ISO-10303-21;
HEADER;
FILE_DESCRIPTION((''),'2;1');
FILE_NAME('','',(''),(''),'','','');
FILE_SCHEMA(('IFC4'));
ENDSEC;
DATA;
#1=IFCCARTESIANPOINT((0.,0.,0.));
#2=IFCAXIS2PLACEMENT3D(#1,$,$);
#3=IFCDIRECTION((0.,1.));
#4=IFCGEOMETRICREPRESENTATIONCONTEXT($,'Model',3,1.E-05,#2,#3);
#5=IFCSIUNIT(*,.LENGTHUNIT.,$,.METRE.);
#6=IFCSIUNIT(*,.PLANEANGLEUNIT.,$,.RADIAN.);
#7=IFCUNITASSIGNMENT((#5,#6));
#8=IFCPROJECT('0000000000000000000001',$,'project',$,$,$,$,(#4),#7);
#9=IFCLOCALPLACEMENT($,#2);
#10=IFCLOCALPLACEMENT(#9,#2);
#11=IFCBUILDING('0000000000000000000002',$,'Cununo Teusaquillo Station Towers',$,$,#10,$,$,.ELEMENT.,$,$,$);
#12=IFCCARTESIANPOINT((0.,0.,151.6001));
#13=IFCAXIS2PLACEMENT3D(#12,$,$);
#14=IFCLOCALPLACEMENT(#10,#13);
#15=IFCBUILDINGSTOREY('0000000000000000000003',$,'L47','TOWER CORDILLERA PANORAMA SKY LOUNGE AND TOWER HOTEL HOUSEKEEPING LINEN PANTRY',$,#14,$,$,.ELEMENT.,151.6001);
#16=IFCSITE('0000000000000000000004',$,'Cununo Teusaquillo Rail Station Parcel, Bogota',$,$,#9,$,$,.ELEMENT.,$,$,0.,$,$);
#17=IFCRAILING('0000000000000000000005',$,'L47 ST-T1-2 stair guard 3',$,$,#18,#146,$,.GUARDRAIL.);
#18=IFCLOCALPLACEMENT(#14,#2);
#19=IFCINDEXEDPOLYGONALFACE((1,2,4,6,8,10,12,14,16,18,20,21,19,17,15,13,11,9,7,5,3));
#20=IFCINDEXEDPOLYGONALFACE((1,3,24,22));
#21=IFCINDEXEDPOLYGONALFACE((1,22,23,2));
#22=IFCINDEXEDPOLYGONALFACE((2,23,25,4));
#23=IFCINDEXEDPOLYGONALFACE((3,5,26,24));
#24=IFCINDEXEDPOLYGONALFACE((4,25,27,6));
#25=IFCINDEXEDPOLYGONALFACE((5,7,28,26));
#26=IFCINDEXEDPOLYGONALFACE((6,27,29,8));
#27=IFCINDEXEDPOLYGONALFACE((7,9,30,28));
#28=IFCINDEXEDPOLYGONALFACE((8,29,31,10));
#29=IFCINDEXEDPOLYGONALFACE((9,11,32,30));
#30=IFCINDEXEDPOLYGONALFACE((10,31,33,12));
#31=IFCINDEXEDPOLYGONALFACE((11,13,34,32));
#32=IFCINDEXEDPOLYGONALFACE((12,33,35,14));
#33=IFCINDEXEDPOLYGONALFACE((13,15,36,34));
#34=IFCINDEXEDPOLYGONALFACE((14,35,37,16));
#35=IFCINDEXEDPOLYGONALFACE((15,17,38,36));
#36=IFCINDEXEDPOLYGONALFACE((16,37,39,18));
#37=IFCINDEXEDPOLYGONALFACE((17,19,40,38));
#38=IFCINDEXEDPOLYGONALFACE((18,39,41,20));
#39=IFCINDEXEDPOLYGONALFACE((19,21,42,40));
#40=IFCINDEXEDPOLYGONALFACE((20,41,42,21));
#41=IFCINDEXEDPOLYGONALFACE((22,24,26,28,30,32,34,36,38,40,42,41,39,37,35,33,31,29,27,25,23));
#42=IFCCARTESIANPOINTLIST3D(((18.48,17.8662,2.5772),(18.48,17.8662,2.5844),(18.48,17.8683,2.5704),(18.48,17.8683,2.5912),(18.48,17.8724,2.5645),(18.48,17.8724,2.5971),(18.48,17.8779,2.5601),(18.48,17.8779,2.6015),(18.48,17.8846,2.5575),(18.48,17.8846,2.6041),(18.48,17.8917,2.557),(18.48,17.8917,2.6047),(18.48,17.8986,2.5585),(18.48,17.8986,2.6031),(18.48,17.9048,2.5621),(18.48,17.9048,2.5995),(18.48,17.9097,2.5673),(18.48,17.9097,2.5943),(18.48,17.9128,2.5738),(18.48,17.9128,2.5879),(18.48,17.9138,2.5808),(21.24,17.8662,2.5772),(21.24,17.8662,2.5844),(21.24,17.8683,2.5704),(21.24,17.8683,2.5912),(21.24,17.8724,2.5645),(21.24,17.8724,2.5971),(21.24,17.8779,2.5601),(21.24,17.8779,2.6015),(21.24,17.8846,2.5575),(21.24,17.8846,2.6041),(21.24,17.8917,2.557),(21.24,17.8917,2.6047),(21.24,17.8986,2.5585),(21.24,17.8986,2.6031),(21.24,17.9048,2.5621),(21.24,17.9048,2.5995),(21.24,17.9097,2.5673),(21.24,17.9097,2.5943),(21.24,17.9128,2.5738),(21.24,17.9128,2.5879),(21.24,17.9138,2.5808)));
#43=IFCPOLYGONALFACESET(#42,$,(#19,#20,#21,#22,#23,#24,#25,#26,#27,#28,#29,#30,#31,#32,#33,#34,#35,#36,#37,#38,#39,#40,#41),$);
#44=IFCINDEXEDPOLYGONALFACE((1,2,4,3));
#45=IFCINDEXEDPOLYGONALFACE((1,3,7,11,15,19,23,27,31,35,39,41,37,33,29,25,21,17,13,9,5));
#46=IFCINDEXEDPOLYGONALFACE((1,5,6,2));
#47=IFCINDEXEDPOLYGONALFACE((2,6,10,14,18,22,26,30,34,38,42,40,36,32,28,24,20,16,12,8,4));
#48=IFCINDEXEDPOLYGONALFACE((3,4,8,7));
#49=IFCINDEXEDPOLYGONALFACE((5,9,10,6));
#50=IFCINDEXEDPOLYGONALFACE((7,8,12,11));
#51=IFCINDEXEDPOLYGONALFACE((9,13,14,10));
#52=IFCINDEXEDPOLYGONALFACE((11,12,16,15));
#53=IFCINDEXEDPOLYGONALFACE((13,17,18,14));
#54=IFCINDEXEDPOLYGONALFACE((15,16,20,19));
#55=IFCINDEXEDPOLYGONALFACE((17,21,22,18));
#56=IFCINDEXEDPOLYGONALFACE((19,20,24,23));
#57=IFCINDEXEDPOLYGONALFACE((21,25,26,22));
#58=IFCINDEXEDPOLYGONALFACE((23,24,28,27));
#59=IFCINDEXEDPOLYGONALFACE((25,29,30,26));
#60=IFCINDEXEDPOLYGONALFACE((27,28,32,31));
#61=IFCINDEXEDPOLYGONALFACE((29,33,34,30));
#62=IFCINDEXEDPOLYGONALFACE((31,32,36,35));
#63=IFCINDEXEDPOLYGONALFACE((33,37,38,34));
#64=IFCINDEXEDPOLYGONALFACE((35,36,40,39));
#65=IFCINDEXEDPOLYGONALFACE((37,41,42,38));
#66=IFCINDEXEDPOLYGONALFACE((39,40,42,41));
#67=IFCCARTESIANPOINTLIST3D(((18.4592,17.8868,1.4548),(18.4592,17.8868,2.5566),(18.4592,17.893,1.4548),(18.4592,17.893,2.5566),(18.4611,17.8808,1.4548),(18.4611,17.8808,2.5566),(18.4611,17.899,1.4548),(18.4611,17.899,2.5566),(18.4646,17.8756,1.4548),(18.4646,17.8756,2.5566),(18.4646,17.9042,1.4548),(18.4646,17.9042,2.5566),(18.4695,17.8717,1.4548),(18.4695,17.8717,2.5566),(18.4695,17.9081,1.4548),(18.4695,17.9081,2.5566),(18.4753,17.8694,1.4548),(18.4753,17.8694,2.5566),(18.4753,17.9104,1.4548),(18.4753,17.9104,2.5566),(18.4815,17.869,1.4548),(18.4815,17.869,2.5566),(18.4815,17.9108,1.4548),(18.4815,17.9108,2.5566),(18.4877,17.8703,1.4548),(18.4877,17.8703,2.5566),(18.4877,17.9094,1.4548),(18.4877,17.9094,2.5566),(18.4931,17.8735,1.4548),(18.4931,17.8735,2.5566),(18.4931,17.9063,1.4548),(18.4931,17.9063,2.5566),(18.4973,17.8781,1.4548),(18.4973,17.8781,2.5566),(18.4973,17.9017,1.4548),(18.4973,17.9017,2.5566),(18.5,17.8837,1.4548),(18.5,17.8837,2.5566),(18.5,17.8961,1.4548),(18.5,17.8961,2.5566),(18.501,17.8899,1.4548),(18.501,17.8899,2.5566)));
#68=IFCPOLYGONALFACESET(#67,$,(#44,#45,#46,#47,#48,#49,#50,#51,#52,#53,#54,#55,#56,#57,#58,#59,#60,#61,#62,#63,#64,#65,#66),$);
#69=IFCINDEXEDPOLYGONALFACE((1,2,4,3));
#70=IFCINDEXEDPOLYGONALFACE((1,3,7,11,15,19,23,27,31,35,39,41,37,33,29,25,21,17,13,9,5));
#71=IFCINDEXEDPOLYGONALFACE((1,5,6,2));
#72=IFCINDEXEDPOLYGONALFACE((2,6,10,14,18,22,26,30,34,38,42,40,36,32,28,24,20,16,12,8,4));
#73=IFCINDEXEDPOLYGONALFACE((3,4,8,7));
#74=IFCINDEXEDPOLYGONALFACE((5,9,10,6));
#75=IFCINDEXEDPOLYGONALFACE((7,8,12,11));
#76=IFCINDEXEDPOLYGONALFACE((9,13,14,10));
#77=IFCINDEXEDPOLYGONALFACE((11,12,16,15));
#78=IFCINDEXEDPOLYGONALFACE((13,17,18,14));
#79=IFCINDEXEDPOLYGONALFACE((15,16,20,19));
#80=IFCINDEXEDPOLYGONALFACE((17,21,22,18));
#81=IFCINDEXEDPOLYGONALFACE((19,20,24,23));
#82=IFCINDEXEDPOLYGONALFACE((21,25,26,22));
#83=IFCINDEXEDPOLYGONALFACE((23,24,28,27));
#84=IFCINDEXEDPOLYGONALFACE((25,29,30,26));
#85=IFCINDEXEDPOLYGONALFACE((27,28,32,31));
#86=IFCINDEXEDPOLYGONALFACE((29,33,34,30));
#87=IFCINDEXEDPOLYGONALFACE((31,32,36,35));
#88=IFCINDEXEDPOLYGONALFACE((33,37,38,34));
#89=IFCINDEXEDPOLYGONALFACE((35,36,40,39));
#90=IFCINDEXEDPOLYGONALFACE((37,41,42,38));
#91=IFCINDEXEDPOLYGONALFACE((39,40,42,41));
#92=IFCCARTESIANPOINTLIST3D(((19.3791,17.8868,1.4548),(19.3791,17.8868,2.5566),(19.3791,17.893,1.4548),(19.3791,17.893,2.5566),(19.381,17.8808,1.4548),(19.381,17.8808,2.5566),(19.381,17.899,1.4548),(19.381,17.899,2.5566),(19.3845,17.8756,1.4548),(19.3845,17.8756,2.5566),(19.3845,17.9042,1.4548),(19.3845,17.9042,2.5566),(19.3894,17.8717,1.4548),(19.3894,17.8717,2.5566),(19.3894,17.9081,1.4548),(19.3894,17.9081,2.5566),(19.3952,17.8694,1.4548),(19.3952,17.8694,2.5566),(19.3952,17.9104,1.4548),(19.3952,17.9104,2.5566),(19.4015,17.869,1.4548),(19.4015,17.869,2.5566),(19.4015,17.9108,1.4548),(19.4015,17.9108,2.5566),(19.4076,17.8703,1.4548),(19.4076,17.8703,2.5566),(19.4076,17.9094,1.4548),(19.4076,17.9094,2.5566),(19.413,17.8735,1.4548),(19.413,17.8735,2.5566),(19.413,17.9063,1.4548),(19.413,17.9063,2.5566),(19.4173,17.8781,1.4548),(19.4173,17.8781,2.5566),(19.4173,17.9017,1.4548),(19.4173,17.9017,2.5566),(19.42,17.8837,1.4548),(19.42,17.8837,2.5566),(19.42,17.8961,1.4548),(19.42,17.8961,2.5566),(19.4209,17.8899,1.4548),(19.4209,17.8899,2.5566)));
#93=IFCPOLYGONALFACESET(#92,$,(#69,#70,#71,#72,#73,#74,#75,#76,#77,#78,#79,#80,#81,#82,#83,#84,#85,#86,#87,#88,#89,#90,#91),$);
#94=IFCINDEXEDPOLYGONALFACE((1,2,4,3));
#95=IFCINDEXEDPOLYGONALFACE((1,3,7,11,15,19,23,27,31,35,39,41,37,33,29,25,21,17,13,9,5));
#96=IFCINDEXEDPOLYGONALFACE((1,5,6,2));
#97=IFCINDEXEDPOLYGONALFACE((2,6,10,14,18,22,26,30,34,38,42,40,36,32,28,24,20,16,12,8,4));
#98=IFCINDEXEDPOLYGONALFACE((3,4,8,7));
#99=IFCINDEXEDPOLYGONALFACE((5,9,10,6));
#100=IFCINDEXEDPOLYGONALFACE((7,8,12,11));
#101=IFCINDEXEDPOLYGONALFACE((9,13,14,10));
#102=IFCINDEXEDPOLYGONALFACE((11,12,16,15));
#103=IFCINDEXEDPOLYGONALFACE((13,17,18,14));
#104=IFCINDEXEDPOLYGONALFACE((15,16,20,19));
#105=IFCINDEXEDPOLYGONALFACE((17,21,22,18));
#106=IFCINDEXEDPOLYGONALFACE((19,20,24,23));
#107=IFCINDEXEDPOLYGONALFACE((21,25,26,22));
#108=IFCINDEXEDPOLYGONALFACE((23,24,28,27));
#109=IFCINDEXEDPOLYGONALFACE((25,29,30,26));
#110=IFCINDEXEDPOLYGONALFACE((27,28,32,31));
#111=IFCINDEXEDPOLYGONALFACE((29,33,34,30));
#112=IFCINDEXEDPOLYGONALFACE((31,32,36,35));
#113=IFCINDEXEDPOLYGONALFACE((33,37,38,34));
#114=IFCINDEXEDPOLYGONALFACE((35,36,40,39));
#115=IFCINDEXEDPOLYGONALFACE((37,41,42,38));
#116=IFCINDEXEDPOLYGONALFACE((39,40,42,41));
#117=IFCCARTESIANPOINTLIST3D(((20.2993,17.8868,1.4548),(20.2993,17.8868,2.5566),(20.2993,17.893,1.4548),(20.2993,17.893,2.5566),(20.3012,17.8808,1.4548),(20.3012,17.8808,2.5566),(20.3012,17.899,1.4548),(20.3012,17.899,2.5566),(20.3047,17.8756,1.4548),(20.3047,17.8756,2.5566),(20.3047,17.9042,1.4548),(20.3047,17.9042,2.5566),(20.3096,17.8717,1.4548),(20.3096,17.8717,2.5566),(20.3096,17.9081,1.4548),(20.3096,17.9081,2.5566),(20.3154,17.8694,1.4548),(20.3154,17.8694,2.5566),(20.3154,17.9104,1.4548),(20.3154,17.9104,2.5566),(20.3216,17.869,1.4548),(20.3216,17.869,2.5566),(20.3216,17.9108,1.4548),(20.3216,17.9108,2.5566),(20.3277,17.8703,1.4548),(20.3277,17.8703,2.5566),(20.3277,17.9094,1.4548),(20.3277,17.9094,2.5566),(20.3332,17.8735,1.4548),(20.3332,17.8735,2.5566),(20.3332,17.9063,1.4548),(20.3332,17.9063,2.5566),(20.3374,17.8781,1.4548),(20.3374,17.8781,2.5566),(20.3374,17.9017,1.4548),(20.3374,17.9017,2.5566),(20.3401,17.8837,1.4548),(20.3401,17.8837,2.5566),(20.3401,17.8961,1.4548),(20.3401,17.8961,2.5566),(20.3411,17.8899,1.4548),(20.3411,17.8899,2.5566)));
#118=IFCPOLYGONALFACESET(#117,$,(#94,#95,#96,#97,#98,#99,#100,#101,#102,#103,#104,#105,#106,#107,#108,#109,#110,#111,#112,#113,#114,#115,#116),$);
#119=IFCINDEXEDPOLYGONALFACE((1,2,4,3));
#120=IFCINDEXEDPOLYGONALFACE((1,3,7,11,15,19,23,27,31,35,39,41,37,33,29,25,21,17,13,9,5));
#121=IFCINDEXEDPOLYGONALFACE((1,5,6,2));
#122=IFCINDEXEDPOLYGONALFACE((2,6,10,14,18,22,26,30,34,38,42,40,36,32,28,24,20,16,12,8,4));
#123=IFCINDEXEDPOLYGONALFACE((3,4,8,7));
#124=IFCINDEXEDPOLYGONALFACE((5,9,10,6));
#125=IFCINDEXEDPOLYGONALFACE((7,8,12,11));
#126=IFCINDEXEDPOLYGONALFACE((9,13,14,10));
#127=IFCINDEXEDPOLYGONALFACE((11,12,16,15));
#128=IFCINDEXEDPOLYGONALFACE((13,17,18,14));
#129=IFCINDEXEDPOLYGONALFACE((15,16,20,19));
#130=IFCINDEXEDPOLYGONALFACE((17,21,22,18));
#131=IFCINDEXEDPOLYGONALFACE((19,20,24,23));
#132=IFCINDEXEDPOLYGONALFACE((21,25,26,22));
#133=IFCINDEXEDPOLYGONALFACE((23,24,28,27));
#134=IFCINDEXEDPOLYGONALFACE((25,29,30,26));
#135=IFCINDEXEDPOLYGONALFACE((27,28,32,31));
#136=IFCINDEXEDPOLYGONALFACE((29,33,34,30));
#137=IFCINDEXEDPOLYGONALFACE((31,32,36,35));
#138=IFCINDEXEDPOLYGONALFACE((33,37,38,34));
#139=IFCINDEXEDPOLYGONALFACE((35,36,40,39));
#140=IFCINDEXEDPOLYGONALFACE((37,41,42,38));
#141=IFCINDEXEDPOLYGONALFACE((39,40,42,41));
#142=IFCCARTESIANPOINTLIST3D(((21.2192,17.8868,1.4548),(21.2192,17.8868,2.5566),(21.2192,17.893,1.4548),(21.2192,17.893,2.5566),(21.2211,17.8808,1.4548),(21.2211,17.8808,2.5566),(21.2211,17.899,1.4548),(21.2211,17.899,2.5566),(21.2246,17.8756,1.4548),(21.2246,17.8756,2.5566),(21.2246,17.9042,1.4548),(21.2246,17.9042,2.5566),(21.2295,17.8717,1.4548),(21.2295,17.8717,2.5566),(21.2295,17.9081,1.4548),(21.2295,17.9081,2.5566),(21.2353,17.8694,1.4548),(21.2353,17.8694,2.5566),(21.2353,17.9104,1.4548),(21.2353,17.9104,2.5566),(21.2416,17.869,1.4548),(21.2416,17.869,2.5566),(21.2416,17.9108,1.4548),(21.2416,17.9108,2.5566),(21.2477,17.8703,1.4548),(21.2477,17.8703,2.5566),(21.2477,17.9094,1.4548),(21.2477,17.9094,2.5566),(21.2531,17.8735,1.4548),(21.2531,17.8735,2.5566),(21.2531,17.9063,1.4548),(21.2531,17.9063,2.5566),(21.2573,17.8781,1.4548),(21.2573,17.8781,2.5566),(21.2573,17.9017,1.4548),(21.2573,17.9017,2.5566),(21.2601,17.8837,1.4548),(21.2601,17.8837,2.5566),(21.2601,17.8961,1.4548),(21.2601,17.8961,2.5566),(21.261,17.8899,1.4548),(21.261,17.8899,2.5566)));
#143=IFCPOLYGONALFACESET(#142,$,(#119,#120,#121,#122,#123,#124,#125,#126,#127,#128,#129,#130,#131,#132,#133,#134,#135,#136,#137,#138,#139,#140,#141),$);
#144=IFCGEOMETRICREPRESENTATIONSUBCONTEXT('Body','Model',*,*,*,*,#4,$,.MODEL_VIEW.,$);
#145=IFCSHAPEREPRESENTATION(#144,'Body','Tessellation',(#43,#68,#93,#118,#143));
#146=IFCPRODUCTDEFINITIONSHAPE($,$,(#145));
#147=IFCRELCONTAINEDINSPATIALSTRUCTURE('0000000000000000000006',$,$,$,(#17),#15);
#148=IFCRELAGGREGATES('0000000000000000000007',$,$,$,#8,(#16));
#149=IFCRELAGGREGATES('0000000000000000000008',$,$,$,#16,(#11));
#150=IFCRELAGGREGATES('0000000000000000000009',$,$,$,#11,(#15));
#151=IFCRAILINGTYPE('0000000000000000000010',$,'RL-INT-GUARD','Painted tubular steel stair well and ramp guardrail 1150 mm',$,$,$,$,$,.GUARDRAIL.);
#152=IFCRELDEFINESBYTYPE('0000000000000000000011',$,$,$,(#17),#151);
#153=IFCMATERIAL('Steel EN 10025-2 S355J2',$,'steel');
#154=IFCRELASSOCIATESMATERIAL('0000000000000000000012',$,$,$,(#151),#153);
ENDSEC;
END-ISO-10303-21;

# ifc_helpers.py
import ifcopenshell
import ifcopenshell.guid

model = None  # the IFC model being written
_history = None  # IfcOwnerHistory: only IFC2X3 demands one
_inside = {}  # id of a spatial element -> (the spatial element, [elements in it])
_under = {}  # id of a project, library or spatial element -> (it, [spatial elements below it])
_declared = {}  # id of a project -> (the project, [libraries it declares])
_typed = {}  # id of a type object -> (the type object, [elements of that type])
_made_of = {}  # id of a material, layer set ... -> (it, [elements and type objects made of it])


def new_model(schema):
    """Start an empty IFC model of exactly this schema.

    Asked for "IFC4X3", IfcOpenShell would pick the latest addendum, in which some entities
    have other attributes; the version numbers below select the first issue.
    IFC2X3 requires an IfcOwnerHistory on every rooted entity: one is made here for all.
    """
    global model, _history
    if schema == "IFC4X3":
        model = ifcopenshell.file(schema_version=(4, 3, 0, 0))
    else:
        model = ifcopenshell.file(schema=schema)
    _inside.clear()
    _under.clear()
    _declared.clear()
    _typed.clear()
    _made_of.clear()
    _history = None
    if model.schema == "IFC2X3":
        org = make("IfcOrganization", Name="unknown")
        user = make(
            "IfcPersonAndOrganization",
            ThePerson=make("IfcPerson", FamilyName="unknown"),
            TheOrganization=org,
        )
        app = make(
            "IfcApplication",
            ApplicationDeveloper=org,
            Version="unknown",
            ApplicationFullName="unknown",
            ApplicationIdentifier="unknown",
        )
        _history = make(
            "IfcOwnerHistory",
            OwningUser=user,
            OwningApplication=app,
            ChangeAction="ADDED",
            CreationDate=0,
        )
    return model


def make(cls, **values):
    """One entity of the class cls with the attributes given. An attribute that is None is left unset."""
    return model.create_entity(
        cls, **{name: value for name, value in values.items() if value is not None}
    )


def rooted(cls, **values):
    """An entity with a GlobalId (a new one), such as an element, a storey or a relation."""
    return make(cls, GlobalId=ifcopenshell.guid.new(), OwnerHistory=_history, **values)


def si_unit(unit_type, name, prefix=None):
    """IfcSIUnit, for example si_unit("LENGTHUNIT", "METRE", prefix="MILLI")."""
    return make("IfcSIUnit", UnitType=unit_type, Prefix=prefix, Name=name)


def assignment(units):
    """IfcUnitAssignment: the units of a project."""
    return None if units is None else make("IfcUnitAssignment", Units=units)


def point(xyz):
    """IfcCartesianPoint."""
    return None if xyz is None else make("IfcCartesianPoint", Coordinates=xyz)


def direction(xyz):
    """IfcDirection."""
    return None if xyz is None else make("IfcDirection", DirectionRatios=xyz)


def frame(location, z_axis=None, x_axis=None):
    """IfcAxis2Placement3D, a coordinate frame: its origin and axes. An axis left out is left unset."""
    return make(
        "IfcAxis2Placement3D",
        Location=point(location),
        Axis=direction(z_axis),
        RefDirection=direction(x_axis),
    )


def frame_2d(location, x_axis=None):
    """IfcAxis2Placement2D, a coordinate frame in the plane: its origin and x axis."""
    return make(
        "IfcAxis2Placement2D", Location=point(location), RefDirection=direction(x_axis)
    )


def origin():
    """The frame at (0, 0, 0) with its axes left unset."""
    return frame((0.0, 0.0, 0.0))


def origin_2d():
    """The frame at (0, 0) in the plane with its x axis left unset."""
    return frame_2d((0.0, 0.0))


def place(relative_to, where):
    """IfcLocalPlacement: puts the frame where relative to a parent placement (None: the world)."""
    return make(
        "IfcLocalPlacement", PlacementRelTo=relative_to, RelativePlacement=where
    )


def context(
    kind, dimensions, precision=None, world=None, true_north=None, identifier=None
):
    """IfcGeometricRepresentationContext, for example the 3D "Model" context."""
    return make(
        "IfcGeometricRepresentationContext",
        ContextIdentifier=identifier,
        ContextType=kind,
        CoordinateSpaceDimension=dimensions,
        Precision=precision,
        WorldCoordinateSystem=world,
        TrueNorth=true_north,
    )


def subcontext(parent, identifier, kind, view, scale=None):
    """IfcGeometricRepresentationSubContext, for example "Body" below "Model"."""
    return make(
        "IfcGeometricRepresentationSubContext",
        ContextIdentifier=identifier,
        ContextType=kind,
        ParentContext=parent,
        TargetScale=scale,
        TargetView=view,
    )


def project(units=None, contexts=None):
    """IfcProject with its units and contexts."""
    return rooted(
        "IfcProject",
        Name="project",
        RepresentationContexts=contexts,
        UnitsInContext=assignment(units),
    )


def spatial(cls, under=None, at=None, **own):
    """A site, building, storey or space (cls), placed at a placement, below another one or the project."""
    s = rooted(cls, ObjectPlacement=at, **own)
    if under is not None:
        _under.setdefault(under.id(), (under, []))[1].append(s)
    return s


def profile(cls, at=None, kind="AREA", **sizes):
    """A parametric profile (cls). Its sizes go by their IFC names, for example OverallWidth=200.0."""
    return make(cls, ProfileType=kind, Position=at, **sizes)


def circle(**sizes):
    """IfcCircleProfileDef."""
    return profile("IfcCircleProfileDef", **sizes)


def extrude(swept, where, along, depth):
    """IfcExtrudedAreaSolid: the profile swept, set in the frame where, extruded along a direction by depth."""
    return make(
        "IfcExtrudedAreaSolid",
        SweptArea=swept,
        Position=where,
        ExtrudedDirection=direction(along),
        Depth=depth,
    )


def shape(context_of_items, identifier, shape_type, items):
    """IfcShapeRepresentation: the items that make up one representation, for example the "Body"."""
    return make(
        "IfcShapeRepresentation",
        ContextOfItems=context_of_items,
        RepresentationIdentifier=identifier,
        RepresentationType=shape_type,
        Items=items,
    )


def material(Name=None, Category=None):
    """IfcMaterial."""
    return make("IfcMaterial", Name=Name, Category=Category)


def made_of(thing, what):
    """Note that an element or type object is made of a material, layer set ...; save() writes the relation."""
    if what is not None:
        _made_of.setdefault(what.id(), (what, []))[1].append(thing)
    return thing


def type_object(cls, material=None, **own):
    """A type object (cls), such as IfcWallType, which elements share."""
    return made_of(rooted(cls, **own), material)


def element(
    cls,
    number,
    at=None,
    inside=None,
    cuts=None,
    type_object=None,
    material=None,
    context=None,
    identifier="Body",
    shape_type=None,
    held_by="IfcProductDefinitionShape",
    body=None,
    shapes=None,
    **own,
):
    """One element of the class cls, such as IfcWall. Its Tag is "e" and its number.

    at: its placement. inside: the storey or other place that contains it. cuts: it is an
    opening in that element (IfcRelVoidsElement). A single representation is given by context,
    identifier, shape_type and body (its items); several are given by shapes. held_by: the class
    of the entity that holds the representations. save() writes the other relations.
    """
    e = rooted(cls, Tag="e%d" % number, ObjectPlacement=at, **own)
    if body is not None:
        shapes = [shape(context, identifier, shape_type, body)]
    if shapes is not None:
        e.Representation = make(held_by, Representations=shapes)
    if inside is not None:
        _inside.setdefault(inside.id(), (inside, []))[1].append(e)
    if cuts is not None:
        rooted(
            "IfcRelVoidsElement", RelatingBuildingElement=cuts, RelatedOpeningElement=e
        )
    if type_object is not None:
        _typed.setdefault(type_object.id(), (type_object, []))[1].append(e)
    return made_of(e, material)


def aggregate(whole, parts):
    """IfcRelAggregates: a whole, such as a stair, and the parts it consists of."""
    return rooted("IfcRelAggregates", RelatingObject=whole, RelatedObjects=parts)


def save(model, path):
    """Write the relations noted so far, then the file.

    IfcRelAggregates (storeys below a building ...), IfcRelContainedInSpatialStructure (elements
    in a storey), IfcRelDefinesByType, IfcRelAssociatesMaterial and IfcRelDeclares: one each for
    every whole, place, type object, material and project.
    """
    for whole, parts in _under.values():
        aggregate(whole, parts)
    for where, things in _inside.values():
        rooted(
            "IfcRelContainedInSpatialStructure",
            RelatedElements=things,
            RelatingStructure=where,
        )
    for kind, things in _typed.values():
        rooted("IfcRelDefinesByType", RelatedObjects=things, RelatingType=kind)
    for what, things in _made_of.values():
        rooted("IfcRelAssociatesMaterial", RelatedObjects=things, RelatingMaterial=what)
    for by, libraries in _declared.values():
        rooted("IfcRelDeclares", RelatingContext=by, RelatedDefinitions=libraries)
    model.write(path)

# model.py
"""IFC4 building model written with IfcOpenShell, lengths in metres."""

from ifc_helpers import new_model, si_unit, direction, frame, origin, origin_2d, place, context, subcontext, project, spatial, circle, extrude, material, type_object, element, save


model = new_model("IFC4")

# Units and contexts
model_context = context("Model", 3, precision=1e-05, world=origin(), true_north=direction((0.0, 1.0)))
body_context = subcontext(model_context, "Body", "Model", "MODEL_VIEW")
ifc_project = project(units=[si_unit("LENGTHUNIT", "METRE"), si_unit("PLANEANGLEUNIT", "RADIAN")], contexts=[model_context])

# Site, building, storey
site_placement = place(None, origin())
site = spatial("IfcSite", under=ifc_project, at=site_placement, Name="Cununo Teusaquillo Rail Station Parcel, Bogota", CompositionType="ELEMENT", RefElevation=0.0)
building_placement = place(site_placement, origin())
building = spatial("IfcBuilding", under=site, at=building_placement, Name="Cununo Teusaquillo Station Towers", CompositionType="ELEMENT")
storey_placement = place(building_placement, frame((0.0, 0.0, 151.6001)))
storey = spatial("IfcBuildingStorey", under=building, at=storey_placement, Name="L47", Description="TOWER CORDILLERA PANORAMA SKY LOUNGE AND TOWER HOTEL HOUSEKEEPING LINEN PANTRY", CompositionType="ELEMENT", Elevation=151.6001)

# Railing
ifc_material_1 = material(Name="Steel EN 10025-2 S355J2", Category="steel")
railing_type_1 = type_object("IfcRailingType", Name="RL-INT-GUARD", Description="Painted tubular steel stair well and ramp guardrail 1150 mm", PredefinedType="GUARDRAIL", material=ifc_material_1)
railing_1_placement = place(storey_placement, frame((18.48, 17.8899, 1.4548)))
element("IfcRailing", 1, at=railing_1_placement, inside=storey, type_object=railing_type_1, Name="L47 ST-T1-2 stair guard 3", PredefinedType="GUARDRAIL", context=body_context, shape_type="SweptSolid", body=[
    extrude(circle(Radius=0.0239, at=origin_2d()), frame((0.0, 0.0, 1.126), z_axis=(1.0, 0.0, 0.0), x_axis=(0.0, 1.0, 0.0)), (0.0, 0.0, 1.0), 2.76),
    extrude(circle(Radius=0.021, at=origin_2d()), origin(), (0.0, 0.0, 1.0), 1.1018),
    extrude(circle(Radius=0.021, at=origin_2d()), frame((0.9199, 0.0, 0.0)), (0.0, 0.0, 1.0), 1.1018),
    extrude(circle(Radius=0.021, at=origin_2d()), frame((1.8401, 0.0, 0.0)), (0.0, 0.0, 1.0), 1.1018),
    extrude(circle(Radius=0.021, at=origin_2d()), frame((2.76, 0.0, 0.0)), (0.0, 0.0, 1.0), 1.1018),
])

save(model, "model.ifc")
